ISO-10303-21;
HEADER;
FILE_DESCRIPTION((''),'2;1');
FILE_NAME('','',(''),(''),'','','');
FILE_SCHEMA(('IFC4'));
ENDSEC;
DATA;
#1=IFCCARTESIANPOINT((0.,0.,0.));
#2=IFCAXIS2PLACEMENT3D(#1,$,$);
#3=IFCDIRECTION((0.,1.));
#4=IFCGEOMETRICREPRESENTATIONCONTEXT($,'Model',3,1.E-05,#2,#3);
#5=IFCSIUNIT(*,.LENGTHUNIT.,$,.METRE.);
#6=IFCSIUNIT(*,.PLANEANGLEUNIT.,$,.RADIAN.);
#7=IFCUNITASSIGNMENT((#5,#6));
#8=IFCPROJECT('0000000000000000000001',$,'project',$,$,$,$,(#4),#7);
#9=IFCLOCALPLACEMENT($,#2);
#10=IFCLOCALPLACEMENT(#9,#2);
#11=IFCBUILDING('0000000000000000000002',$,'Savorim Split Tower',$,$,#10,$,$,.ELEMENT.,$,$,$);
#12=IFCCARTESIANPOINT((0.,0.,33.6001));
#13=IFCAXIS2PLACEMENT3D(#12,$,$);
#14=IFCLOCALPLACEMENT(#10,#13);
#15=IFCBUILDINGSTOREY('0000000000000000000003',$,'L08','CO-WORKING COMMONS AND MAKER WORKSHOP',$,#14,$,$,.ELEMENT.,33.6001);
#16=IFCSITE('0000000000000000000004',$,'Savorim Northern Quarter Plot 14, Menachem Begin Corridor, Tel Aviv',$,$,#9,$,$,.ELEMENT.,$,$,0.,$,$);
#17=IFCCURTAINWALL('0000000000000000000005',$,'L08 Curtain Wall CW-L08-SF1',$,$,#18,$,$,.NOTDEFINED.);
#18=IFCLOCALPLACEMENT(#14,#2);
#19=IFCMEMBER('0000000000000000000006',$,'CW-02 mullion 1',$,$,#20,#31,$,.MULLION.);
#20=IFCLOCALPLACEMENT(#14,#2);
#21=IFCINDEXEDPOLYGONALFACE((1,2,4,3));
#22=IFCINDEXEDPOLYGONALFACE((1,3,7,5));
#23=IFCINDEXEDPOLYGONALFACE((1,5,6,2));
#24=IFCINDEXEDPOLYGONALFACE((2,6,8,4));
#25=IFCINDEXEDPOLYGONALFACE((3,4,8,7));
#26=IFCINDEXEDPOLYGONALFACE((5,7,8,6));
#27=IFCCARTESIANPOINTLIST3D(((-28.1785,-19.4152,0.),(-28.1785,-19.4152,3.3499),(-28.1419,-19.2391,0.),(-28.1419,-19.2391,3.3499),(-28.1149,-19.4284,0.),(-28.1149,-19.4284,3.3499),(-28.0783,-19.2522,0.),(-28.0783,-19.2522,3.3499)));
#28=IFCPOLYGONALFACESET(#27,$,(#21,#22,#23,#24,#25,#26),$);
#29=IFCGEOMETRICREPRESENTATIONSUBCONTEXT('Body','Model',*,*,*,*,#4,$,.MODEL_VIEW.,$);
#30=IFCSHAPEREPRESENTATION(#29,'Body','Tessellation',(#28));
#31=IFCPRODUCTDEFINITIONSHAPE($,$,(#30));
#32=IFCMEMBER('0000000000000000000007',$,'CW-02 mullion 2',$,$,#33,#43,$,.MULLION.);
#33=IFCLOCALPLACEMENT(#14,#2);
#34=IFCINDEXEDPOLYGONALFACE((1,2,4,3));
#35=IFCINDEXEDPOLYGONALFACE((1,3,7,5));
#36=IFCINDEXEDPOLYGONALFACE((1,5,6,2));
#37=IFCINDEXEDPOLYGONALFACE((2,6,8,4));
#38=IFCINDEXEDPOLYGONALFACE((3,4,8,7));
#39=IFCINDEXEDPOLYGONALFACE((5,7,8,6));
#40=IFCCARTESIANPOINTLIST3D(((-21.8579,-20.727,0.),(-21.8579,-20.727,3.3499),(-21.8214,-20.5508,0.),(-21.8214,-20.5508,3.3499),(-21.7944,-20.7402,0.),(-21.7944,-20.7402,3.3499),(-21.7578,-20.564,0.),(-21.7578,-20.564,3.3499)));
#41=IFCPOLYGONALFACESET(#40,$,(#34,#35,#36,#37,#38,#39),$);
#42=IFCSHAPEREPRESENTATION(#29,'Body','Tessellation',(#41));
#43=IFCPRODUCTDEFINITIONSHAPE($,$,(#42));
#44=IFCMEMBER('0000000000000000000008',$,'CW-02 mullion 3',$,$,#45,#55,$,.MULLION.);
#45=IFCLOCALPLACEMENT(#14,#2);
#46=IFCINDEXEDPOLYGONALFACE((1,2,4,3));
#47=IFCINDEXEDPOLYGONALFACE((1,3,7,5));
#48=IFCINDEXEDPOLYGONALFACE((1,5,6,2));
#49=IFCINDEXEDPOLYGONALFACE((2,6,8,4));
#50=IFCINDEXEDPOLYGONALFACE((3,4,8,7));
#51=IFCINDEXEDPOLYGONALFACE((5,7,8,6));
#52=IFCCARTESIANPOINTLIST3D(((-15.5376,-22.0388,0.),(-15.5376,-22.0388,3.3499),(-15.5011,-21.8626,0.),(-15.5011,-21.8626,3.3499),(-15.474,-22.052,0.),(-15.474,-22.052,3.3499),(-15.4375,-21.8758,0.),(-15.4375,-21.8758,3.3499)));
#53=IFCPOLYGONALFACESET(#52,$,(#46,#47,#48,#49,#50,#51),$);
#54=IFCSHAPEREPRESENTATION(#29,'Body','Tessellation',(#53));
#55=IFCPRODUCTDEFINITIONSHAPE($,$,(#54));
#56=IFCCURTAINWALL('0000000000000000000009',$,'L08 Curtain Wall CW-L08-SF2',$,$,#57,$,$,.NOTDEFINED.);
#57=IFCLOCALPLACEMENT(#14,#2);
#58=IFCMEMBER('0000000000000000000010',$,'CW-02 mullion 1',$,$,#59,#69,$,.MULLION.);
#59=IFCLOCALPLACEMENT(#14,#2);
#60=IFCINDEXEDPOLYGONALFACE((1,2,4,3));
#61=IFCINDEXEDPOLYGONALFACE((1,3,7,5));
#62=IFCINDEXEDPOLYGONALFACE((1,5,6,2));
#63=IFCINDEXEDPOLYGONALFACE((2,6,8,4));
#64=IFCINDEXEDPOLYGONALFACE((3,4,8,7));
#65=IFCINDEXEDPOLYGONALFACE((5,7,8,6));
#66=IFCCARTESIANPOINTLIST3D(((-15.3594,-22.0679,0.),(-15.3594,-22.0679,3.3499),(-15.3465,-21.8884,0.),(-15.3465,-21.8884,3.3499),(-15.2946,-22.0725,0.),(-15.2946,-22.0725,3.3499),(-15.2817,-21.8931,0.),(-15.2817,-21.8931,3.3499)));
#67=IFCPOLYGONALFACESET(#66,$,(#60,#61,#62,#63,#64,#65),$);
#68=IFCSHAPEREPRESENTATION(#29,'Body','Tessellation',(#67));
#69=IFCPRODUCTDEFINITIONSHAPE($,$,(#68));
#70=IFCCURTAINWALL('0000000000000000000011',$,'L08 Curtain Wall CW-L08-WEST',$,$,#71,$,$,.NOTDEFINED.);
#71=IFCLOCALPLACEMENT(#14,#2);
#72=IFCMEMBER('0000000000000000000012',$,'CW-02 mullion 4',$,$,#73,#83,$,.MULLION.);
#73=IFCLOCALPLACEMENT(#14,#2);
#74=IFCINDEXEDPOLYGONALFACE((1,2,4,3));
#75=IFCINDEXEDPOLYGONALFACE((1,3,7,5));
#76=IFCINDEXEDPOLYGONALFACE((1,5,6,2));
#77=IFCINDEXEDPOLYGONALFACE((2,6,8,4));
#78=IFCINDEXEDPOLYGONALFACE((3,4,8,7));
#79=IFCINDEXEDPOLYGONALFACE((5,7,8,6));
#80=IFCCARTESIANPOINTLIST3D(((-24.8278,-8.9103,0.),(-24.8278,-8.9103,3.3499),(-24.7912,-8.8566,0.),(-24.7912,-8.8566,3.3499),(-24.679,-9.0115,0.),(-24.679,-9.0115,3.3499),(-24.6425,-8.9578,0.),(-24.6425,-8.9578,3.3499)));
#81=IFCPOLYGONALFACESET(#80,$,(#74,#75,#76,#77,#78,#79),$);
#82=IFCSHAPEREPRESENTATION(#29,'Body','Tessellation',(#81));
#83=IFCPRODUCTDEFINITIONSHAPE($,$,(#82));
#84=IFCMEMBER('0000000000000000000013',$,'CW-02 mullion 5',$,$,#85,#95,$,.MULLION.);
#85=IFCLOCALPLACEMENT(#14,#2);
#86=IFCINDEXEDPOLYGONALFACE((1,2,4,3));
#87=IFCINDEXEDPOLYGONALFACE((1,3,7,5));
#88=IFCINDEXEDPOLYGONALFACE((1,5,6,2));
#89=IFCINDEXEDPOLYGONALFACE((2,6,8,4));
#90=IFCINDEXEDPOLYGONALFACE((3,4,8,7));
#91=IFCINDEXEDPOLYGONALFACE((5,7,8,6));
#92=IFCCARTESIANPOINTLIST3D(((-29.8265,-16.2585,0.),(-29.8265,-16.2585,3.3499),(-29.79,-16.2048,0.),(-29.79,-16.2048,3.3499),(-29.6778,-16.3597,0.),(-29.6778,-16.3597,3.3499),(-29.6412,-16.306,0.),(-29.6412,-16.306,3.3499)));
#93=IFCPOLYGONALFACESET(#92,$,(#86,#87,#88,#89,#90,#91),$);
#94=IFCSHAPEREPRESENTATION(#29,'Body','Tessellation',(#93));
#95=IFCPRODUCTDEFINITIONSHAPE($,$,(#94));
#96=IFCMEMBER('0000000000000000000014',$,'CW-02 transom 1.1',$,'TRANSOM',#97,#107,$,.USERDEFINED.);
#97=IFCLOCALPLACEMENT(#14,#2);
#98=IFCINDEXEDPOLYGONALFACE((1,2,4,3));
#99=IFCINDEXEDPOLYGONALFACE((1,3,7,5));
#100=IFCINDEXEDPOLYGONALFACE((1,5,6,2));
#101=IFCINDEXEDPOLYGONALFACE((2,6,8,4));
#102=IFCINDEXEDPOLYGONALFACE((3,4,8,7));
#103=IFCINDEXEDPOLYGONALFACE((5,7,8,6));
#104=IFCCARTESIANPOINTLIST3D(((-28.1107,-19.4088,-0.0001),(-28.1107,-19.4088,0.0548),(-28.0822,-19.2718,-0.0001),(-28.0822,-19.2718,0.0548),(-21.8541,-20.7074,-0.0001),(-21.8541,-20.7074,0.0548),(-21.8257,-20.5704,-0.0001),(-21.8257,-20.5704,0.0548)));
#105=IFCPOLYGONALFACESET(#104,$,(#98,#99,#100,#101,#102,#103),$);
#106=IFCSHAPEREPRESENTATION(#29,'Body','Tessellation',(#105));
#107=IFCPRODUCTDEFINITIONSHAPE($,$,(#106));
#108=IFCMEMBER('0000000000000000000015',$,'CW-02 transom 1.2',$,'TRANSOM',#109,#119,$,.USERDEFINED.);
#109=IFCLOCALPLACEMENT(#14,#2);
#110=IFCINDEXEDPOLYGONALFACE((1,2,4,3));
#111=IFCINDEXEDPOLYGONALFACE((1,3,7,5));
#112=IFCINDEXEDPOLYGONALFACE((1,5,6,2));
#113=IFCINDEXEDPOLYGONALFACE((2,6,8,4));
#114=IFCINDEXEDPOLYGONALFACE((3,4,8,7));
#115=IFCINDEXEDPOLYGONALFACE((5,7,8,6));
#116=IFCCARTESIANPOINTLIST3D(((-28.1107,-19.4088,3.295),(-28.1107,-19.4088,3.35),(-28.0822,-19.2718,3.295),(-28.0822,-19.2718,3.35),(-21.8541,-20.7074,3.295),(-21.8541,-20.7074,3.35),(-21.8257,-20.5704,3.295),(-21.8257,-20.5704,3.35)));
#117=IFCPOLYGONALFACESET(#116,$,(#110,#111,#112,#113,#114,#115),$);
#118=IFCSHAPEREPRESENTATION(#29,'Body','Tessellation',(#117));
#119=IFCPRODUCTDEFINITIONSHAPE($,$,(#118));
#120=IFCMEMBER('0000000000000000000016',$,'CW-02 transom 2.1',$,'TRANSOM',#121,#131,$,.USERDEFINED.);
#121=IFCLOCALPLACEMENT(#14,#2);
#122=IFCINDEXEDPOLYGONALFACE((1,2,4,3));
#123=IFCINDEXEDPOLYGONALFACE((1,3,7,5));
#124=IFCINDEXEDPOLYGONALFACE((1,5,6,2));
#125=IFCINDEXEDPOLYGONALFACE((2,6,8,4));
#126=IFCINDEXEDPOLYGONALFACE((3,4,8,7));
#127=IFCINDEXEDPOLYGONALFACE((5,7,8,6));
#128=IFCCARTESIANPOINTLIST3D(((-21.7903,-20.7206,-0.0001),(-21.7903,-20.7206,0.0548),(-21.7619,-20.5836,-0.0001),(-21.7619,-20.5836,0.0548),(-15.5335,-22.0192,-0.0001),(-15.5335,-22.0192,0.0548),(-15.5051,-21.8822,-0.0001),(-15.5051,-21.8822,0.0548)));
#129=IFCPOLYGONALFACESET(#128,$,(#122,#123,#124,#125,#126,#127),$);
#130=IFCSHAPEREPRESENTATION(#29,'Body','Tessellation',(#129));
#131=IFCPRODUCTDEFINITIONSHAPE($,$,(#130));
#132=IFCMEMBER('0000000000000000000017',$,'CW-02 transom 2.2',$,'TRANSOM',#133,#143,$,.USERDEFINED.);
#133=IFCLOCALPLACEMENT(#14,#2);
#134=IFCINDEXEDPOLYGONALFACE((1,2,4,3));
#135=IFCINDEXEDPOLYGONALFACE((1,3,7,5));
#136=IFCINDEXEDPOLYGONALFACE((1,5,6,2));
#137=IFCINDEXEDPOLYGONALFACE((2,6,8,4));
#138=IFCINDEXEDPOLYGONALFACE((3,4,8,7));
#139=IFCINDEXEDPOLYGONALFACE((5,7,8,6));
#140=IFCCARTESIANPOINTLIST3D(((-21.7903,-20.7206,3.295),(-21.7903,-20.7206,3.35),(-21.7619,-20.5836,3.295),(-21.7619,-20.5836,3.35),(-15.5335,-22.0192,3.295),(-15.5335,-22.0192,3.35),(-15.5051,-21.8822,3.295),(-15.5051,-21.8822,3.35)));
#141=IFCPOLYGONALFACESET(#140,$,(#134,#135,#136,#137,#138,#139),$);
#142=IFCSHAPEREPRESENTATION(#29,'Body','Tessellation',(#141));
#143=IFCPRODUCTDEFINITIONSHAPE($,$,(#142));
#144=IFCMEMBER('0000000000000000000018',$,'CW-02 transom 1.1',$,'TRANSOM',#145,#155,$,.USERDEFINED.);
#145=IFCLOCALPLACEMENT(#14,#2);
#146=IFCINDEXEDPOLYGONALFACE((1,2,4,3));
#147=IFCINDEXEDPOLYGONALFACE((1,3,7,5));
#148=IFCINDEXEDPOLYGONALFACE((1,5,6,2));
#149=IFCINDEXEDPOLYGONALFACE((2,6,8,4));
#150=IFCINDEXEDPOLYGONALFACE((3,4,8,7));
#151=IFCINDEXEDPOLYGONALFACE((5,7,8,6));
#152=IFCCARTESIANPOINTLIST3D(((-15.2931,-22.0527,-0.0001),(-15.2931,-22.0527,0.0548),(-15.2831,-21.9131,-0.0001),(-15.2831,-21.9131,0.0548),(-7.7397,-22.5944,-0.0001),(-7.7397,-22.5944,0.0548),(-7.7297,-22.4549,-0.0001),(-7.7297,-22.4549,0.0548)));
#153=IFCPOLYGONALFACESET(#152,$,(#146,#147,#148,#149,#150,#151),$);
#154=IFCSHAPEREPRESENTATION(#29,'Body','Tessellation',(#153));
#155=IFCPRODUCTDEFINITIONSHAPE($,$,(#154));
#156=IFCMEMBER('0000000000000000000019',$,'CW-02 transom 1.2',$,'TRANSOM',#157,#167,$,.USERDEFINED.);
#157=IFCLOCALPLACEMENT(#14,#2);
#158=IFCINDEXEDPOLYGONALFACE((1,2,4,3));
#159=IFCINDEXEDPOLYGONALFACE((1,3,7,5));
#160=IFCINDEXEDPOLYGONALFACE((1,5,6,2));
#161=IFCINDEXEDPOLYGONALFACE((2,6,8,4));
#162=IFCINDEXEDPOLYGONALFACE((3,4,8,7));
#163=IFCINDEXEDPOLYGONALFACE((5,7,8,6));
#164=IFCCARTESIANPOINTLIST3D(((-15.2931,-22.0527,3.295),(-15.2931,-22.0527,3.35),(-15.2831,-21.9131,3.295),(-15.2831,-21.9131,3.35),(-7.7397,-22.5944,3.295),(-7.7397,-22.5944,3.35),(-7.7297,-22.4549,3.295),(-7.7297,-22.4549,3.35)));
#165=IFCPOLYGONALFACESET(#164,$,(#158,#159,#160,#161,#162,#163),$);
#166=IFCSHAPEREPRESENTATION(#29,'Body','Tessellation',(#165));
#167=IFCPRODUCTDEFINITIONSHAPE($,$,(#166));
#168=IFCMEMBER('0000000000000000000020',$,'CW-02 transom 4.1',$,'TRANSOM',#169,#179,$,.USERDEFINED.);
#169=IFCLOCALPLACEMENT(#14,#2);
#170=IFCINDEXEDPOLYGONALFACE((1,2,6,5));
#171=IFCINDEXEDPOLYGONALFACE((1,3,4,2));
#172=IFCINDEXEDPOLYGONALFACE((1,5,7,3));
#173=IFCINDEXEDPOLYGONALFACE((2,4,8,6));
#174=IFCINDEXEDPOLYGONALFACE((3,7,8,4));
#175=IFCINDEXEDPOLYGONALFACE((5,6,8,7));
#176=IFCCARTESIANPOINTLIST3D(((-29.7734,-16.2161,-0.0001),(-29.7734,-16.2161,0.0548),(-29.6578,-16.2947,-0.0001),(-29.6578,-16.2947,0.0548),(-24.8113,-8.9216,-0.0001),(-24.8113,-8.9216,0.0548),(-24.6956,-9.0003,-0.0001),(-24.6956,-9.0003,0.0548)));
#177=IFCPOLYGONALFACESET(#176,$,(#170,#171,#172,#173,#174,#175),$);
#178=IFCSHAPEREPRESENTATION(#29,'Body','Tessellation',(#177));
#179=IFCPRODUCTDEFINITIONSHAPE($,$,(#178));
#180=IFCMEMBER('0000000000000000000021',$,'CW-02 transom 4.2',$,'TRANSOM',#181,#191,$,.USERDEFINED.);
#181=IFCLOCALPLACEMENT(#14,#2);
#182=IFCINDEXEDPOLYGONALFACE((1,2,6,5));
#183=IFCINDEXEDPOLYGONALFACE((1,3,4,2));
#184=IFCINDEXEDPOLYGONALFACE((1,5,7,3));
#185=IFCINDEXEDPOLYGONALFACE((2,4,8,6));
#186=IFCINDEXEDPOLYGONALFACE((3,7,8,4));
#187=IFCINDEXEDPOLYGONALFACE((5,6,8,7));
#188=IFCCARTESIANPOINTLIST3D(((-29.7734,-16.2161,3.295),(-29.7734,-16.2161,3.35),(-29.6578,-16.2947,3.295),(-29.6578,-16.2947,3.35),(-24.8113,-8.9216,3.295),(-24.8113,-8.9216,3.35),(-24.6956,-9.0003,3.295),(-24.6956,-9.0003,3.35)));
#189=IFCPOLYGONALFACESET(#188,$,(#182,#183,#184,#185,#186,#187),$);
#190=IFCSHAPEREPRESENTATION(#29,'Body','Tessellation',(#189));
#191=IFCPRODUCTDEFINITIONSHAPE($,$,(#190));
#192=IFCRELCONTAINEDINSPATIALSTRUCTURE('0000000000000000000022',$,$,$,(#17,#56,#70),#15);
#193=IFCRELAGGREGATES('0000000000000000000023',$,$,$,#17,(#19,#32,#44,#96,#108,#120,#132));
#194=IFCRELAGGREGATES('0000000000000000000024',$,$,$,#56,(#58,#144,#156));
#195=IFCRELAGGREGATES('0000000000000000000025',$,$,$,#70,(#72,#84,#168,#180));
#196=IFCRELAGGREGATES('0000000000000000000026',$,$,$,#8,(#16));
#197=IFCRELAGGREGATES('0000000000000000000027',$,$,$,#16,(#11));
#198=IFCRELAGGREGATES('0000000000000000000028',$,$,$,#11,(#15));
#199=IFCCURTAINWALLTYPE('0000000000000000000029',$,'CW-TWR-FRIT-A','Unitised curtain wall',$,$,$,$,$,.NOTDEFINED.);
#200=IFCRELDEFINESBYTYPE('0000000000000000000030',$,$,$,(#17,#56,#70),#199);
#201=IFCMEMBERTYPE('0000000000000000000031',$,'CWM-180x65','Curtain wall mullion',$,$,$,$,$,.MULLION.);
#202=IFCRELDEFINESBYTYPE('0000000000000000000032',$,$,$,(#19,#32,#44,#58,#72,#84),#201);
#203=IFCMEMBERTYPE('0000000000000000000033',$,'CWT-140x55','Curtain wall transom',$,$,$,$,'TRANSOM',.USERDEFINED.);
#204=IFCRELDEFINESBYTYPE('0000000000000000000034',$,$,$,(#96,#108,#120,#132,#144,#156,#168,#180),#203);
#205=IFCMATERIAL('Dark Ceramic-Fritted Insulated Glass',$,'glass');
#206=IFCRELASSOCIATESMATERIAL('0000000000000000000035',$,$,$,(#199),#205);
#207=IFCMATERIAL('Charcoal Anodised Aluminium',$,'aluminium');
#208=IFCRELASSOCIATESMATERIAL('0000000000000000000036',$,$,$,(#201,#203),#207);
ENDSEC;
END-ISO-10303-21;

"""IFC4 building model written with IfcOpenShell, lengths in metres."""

from ifc_helpers import new_model, si_unit, direction, frame, origin, origin_2d, place, context, subcontext, project, spatial, rectangle, extrude, material, material_profile, profile_set, type_object, element, aggregate, save


model = new_model("IFC4")

# Units and contexts
model_context = context("Model", 3, precision=1e-05, world=origin(), true_north=direction((0.0, 1.0)))
body_context = subcontext(model_context, "Body", "Model", "MODEL_VIEW")
ifc_project = project(units=[si_unit("LENGTHUNIT", "METRE"), si_unit("PLANEANGLEUNIT", "RADIAN")], contexts=[model_context])

# Site, building, storey
site_placement = place(None, origin())
site = spatial("IfcSite", under=ifc_project, at=site_placement, Name="Savorim Northern Quarter Plot 14, Menachem Begin Corridor, Tel Aviv", CompositionType="ELEMENT", RefElevation=0.0)
building_placement = place(site_placement, origin())
building = spatial("IfcBuilding", under=site, at=building_placement, Name="Savorim Split Tower", CompositionType="ELEMENT")
storey_placement = place(building_placement, frame((0.0, 0.0, 33.6001)))
storey = spatial("IfcBuildingStorey", under=building, at=storey_placement, Name="L08", Description="CO-WORKING COMMONS AND MAKER WORKSHOP", CompositionType="ELEMENT", Elevation=33.6001)

# Curtain wall, members
ifc_material_1 = material(Name="Dark Ceramic-Fritted Insulated Glass", Category="glass")
curtain_wall_type = type_object("IfcCurtainWallType", Name="CW-TWR-FRIT-A", Description="Unitised curtain wall", PredefinedType="NOTDEFINED", material=ifc_material_1)
curtain_wall_1_placement = place(storey_placement, origin())
curtain_wall_1 = element("IfcCurtainWall", 1, at=curtain_wall_1_placement, inside=storey, type_object=curtain_wall_type, Name="L08 Curtain Wall CW-L08-SF1", PredefinedType="NOTDEFINED")
ifc_material_2 = material(Name="Charcoal Anodised Aluminium", Category="aluminium")
ifc_material_profile_1 = material_profile(ifc_material_2, rectangle(XDim=0.1799, YDim=0.0649, at=origin_2d()), Name="ALU-M 180x65")
ifc_profile_set_1 = profile_set([ifc_material_profile_1], Name="Charcoal Anodised Aluminium")
member_type_1 = type_object("IfcMemberType", Name="CWM-180x65", Description="Curtain wall mullion", PredefinedType="MULLION", material=ifc_profile_set_1)
member_1_placement = place(storey_placement, frame((-28.1284, -19.3337, 0.0), z_axis=(0.0, 0.0, 1.0), x_axis=(0.20321, 0.979135, 0.0)))
member_1 = element("IfcMember", 2, at=member_1_placement, type_object=member_type_1, Name="CW-02 mullion 1", PredefinedType="MULLION", context=body_context, shape_type="SweptSolid", body=[
    extrude(rectangle(XDim=0.1799, YDim=0.0649, at=origin_2d()), origin(), (0.0, 0.0, 1.0), 3.3499),
])
member_2_placement = place(storey_placement, frame((-21.8079, -20.6455, 0.0), z_axis=(0.0, 0.0, 1.0), x_axis=(0.20321, 0.979135, 0.0)))
member_2 = element("IfcMember", 3, at=member_2_placement, type_object=member_type_1, Name="CW-02 mullion 2", PredefinedType="MULLION", context=body_context, shape_type="SweptSolid", body=[
    extrude(rectangle(XDim=0.1799, YDim=0.0649, at=origin_2d()), origin(), (0.0, 0.0, 1.0), 3.3499),
])
member_3_placement = place(storey_placement, frame((-15.4875, -21.9573, 0.0), z_axis=(0.0, 0.0, 1.0), x_axis=(0.20321, 0.979135, 0.0)))
member_3 = element("IfcMember", 4, at=member_3_placement, type_object=member_type_1, Name="CW-02 mullion 3", PredefinedType="MULLION", context=body_context, shape_type="SweptSolid", body=[
    extrude(rectangle(XDim=0.1799, YDim=0.0649, at=origin_2d()), origin(), (0.0, 0.0, 1.0), 3.3499),
])

# Curtain wall, member
curtain_wall_2_placement = place(storey_placement, origin())
curtain_wall_2 = element("IfcCurtainWall", 5, at=curtain_wall_2_placement, inside=storey, type_object=curtain_wall_type, Name="L08 Curtain Wall CW-L08-SF2", PredefinedType="NOTDEFINED")
member_4_placement = place(storey_placement, frame((-15.3206, -21.9805, 0.0), z_axis=(0.0, 0.0, 1.0), x_axis=(0.07156, 0.997436, 0.0)))
member_4 = element("IfcMember", 6, at=member_4_placement, type_object=member_type_1, Name="CW-02 mullion 1", PredefinedType="MULLION", context=body_context, shape_type="SweptSolid", body=[
    extrude(rectangle(XDim=0.1799, YDim=0.0649, at=origin_2d()), origin(), (0.0, 0.0, 1.0), 3.3499),
])

# Curtain wall, members
curtain_wall_3_placement = place(storey_placement, origin())
curtain_wall_3 = element("IfcCurtainWall", 7, at=curtain_wall_3_placement, inside=storey, type_object=curtain_wall_type, Name="L08 Curtain Wall CW-L08-WEST", PredefinedType="NOTDEFINED")
member_5_placement = place(storey_placement, frame((-24.7351, -8.9341, 0.0), z_axis=(0.0, 0.0, 1.0), x_axis=(0.826821, -0.562465, 0.0)))
member_5 = element("IfcMember", 8, at=member_5_placement, type_object=member_type_1, Name="CW-02 mullion 4", PredefinedType="MULLION", context=body_context, shape_type="SweptSolid", body=[
    extrude(rectangle(XDim=0.1799, YDim=0.0649, at=origin_2d()), origin(), (0.0, 0.0, 1.0), 3.3499),
])
member_6_placement = place(storey_placement, frame((-29.7339, -16.2822, 0.0), z_axis=(0.0, 0.0, 1.0), x_axis=(0.826821, -0.562465, 0.0)))
member_6 = element("IfcMember", 9, at=member_6_placement, type_object=member_type_1, Name="CW-02 mullion 5", PredefinedType="MULLION", context=body_context, shape_type="SweptSolid", body=[
    extrude(rectangle(XDim=0.1799, YDim=0.0649, at=origin_2d()), origin(), (0.0, 0.0, 1.0), 3.3499),
])

# Members
ifc_material_profile_2 = material_profile(ifc_material_2, rectangle(XDim=0.1399, YDim=0.0549, at=origin_2d()), Name="ALU-T 140x55")
ifc_profile_set_2 = profile_set([ifc_material_profile_2], Name="Charcoal Anodised Aluminium")
member_type_2 = type_object("IfcMemberType", Name="CWT-140x55", Description="Curtain wall transom", ElementType="TRANSOM", PredefinedType="USERDEFINED", material=ifc_profile_set_2)
member_7_placement = place(storey_placement, frame((-28.0964, -19.3403, 0.0273), z_axis=(0.979132, -0.203223, 0.0), x_axis=(0.203223, 0.979132, 0.0)))
member_7 = element("IfcMember", 10, at=member_7_placement, type_object=member_type_2, Name="CW-02 transom 1.1", ObjectType="TRANSOM", PredefinedType="USERDEFINED", context=body_context, shape_type="SweptSolid", body=[
    extrude(rectangle(XDim=0.1399, YDim=0.0549, at=origin_2d()), origin(), (0.0, 0.0, 1.0), 6.3899),
])
member_8_placement = place(storey_placement, frame((-28.0964, -19.3403, 3.3225), z_axis=(0.979132, -0.203223, 0.0), x_axis=(0.203223, 0.979132, 0.0)))
member_8 = element("IfcMember", 11, at=member_8_placement, type_object=member_type_2, Name="CW-02 transom 1.2", ObjectType="TRANSOM", PredefinedType="USERDEFINED", context=body_context, shape_type="SweptSolid", body=[
    extrude(rectangle(XDim=0.1399, YDim=0.0549, at=origin_2d()), origin(), (0.0, 0.0, 1.0), 6.3899),
])
member_9_placement = place(storey_placement, frame((-21.7761, -20.6521, 0.0273), z_axis=(0.979134, -0.203216, 0.0), x_axis=(0.203216, 0.979134, 0.0)))
member_9 = element("IfcMember", 12, at=member_9_placement, type_object=member_type_2, Name="CW-02 transom 2.1", ObjectType="TRANSOM", PredefinedType="USERDEFINED", context=body_context, shape_type="SweptSolid", body=[
    extrude(rectangle(XDim=0.1399, YDim=0.0549, at=origin_2d()), origin(), (0.0, 0.0, 1.0), 6.3901),
])
member_10_placement = place(storey_placement, frame((-21.7761, -20.6521, 3.3225), z_axis=(0.979134, -0.203216, 0.0), x_axis=(0.203216, 0.979134, 0.0)))
member_10 = element("IfcMember", 13, at=member_10_placement, type_object=member_type_2, Name="CW-02 transom 2.2", ObjectType="TRANSOM", PredefinedType="USERDEFINED", context=body_context, shape_type="SweptSolid", body=[
    extrude(rectangle(XDim=0.1399, YDim=0.0549, at=origin_2d()), origin(), (0.0, 0.0, 1.0), 6.3901),
])
member_11_placement = place(storey_placement, frame((-15.2881, -21.9829, 0.0273), z_axis=(0.997438, -0.071538, 0.0), x_axis=(0.071538, 0.997438, 0.0)))
member_11 = element("IfcMember", 14, at=member_11_placement, type_object=member_type_2, Name="CW-02 transom 1.1", ObjectType="TRANSOM", PredefinedType="USERDEFINED", context=body_context, shape_type="SweptSolid", body=[
    extrude(rectangle(XDim=0.1399, YDim=0.0549, at=origin_2d()), origin(), (0.0, 0.0, 1.0), 7.5728),
])
member_12_placement = place(storey_placement, frame((-15.2881, -21.9829, 3.3225), z_axis=(0.997438, -0.071538, 0.0), x_axis=(0.071538, 0.997438, 0.0)))
member_12 = element("IfcMember", 15, at=member_12_placement, type_object=member_type_2, Name="CW-02 transom 1.2", ObjectType="TRANSOM", PredefinedType="USERDEFINED", context=body_context, shape_type="SweptSolid", body=[
    extrude(rectangle(XDim=0.1399, YDim=0.0549, at=origin_2d()), origin(), (0.0, 0.0, 1.0), 7.5728),
])
member_13_placement = place(storey_placement, frame((-24.7534, -8.9609, 0.0273), z_axis=(-0.562461, -0.826824, 0.0), x_axis=(0.826824, -0.562461, 0.0)))
member_13 = element("IfcMember", 16, at=member_13_placement, type_object=member_type_2, Name="CW-02 transom 4.1", ObjectType="TRANSOM", PredefinedType="USERDEFINED", context=body_context, shape_type="SweptSolid", body=[
    extrude(rectangle(XDim=0.1399, YDim=0.0549, at=origin_2d()), origin(), (0.0, 0.0, 1.0), 8.8223),
])
member_14_placement = place(storey_placement, frame((-24.7534, -8.9609, 3.3225), z_axis=(-0.562461, -0.826824, 0.0), x_axis=(0.826824, -0.562461, 0.0)))
member_14 = element("IfcMember", 17, at=member_14_placement, type_object=member_type_2, Name="CW-02 transom 4.2", ObjectType="TRANSOM", PredefinedType="USERDEFINED", context=body_context, shape_type="SweptSolid", body=[
    extrude(rectangle(XDim=0.1399, YDim=0.0549, at=origin_2d()), origin(), (0.0, 0.0, 1.0), 8.8223),
])

aggregate(curtain_wall_1, [member_1, member_2, member_3, member_7, member_8, member_9, member_10])
aggregate(curtain_wall_2, [member_4, member_11, member_12])
aggregate(curtain_wall_3, [member_5, member_6, member_13, member_14])

save(model, "model.ifc")
